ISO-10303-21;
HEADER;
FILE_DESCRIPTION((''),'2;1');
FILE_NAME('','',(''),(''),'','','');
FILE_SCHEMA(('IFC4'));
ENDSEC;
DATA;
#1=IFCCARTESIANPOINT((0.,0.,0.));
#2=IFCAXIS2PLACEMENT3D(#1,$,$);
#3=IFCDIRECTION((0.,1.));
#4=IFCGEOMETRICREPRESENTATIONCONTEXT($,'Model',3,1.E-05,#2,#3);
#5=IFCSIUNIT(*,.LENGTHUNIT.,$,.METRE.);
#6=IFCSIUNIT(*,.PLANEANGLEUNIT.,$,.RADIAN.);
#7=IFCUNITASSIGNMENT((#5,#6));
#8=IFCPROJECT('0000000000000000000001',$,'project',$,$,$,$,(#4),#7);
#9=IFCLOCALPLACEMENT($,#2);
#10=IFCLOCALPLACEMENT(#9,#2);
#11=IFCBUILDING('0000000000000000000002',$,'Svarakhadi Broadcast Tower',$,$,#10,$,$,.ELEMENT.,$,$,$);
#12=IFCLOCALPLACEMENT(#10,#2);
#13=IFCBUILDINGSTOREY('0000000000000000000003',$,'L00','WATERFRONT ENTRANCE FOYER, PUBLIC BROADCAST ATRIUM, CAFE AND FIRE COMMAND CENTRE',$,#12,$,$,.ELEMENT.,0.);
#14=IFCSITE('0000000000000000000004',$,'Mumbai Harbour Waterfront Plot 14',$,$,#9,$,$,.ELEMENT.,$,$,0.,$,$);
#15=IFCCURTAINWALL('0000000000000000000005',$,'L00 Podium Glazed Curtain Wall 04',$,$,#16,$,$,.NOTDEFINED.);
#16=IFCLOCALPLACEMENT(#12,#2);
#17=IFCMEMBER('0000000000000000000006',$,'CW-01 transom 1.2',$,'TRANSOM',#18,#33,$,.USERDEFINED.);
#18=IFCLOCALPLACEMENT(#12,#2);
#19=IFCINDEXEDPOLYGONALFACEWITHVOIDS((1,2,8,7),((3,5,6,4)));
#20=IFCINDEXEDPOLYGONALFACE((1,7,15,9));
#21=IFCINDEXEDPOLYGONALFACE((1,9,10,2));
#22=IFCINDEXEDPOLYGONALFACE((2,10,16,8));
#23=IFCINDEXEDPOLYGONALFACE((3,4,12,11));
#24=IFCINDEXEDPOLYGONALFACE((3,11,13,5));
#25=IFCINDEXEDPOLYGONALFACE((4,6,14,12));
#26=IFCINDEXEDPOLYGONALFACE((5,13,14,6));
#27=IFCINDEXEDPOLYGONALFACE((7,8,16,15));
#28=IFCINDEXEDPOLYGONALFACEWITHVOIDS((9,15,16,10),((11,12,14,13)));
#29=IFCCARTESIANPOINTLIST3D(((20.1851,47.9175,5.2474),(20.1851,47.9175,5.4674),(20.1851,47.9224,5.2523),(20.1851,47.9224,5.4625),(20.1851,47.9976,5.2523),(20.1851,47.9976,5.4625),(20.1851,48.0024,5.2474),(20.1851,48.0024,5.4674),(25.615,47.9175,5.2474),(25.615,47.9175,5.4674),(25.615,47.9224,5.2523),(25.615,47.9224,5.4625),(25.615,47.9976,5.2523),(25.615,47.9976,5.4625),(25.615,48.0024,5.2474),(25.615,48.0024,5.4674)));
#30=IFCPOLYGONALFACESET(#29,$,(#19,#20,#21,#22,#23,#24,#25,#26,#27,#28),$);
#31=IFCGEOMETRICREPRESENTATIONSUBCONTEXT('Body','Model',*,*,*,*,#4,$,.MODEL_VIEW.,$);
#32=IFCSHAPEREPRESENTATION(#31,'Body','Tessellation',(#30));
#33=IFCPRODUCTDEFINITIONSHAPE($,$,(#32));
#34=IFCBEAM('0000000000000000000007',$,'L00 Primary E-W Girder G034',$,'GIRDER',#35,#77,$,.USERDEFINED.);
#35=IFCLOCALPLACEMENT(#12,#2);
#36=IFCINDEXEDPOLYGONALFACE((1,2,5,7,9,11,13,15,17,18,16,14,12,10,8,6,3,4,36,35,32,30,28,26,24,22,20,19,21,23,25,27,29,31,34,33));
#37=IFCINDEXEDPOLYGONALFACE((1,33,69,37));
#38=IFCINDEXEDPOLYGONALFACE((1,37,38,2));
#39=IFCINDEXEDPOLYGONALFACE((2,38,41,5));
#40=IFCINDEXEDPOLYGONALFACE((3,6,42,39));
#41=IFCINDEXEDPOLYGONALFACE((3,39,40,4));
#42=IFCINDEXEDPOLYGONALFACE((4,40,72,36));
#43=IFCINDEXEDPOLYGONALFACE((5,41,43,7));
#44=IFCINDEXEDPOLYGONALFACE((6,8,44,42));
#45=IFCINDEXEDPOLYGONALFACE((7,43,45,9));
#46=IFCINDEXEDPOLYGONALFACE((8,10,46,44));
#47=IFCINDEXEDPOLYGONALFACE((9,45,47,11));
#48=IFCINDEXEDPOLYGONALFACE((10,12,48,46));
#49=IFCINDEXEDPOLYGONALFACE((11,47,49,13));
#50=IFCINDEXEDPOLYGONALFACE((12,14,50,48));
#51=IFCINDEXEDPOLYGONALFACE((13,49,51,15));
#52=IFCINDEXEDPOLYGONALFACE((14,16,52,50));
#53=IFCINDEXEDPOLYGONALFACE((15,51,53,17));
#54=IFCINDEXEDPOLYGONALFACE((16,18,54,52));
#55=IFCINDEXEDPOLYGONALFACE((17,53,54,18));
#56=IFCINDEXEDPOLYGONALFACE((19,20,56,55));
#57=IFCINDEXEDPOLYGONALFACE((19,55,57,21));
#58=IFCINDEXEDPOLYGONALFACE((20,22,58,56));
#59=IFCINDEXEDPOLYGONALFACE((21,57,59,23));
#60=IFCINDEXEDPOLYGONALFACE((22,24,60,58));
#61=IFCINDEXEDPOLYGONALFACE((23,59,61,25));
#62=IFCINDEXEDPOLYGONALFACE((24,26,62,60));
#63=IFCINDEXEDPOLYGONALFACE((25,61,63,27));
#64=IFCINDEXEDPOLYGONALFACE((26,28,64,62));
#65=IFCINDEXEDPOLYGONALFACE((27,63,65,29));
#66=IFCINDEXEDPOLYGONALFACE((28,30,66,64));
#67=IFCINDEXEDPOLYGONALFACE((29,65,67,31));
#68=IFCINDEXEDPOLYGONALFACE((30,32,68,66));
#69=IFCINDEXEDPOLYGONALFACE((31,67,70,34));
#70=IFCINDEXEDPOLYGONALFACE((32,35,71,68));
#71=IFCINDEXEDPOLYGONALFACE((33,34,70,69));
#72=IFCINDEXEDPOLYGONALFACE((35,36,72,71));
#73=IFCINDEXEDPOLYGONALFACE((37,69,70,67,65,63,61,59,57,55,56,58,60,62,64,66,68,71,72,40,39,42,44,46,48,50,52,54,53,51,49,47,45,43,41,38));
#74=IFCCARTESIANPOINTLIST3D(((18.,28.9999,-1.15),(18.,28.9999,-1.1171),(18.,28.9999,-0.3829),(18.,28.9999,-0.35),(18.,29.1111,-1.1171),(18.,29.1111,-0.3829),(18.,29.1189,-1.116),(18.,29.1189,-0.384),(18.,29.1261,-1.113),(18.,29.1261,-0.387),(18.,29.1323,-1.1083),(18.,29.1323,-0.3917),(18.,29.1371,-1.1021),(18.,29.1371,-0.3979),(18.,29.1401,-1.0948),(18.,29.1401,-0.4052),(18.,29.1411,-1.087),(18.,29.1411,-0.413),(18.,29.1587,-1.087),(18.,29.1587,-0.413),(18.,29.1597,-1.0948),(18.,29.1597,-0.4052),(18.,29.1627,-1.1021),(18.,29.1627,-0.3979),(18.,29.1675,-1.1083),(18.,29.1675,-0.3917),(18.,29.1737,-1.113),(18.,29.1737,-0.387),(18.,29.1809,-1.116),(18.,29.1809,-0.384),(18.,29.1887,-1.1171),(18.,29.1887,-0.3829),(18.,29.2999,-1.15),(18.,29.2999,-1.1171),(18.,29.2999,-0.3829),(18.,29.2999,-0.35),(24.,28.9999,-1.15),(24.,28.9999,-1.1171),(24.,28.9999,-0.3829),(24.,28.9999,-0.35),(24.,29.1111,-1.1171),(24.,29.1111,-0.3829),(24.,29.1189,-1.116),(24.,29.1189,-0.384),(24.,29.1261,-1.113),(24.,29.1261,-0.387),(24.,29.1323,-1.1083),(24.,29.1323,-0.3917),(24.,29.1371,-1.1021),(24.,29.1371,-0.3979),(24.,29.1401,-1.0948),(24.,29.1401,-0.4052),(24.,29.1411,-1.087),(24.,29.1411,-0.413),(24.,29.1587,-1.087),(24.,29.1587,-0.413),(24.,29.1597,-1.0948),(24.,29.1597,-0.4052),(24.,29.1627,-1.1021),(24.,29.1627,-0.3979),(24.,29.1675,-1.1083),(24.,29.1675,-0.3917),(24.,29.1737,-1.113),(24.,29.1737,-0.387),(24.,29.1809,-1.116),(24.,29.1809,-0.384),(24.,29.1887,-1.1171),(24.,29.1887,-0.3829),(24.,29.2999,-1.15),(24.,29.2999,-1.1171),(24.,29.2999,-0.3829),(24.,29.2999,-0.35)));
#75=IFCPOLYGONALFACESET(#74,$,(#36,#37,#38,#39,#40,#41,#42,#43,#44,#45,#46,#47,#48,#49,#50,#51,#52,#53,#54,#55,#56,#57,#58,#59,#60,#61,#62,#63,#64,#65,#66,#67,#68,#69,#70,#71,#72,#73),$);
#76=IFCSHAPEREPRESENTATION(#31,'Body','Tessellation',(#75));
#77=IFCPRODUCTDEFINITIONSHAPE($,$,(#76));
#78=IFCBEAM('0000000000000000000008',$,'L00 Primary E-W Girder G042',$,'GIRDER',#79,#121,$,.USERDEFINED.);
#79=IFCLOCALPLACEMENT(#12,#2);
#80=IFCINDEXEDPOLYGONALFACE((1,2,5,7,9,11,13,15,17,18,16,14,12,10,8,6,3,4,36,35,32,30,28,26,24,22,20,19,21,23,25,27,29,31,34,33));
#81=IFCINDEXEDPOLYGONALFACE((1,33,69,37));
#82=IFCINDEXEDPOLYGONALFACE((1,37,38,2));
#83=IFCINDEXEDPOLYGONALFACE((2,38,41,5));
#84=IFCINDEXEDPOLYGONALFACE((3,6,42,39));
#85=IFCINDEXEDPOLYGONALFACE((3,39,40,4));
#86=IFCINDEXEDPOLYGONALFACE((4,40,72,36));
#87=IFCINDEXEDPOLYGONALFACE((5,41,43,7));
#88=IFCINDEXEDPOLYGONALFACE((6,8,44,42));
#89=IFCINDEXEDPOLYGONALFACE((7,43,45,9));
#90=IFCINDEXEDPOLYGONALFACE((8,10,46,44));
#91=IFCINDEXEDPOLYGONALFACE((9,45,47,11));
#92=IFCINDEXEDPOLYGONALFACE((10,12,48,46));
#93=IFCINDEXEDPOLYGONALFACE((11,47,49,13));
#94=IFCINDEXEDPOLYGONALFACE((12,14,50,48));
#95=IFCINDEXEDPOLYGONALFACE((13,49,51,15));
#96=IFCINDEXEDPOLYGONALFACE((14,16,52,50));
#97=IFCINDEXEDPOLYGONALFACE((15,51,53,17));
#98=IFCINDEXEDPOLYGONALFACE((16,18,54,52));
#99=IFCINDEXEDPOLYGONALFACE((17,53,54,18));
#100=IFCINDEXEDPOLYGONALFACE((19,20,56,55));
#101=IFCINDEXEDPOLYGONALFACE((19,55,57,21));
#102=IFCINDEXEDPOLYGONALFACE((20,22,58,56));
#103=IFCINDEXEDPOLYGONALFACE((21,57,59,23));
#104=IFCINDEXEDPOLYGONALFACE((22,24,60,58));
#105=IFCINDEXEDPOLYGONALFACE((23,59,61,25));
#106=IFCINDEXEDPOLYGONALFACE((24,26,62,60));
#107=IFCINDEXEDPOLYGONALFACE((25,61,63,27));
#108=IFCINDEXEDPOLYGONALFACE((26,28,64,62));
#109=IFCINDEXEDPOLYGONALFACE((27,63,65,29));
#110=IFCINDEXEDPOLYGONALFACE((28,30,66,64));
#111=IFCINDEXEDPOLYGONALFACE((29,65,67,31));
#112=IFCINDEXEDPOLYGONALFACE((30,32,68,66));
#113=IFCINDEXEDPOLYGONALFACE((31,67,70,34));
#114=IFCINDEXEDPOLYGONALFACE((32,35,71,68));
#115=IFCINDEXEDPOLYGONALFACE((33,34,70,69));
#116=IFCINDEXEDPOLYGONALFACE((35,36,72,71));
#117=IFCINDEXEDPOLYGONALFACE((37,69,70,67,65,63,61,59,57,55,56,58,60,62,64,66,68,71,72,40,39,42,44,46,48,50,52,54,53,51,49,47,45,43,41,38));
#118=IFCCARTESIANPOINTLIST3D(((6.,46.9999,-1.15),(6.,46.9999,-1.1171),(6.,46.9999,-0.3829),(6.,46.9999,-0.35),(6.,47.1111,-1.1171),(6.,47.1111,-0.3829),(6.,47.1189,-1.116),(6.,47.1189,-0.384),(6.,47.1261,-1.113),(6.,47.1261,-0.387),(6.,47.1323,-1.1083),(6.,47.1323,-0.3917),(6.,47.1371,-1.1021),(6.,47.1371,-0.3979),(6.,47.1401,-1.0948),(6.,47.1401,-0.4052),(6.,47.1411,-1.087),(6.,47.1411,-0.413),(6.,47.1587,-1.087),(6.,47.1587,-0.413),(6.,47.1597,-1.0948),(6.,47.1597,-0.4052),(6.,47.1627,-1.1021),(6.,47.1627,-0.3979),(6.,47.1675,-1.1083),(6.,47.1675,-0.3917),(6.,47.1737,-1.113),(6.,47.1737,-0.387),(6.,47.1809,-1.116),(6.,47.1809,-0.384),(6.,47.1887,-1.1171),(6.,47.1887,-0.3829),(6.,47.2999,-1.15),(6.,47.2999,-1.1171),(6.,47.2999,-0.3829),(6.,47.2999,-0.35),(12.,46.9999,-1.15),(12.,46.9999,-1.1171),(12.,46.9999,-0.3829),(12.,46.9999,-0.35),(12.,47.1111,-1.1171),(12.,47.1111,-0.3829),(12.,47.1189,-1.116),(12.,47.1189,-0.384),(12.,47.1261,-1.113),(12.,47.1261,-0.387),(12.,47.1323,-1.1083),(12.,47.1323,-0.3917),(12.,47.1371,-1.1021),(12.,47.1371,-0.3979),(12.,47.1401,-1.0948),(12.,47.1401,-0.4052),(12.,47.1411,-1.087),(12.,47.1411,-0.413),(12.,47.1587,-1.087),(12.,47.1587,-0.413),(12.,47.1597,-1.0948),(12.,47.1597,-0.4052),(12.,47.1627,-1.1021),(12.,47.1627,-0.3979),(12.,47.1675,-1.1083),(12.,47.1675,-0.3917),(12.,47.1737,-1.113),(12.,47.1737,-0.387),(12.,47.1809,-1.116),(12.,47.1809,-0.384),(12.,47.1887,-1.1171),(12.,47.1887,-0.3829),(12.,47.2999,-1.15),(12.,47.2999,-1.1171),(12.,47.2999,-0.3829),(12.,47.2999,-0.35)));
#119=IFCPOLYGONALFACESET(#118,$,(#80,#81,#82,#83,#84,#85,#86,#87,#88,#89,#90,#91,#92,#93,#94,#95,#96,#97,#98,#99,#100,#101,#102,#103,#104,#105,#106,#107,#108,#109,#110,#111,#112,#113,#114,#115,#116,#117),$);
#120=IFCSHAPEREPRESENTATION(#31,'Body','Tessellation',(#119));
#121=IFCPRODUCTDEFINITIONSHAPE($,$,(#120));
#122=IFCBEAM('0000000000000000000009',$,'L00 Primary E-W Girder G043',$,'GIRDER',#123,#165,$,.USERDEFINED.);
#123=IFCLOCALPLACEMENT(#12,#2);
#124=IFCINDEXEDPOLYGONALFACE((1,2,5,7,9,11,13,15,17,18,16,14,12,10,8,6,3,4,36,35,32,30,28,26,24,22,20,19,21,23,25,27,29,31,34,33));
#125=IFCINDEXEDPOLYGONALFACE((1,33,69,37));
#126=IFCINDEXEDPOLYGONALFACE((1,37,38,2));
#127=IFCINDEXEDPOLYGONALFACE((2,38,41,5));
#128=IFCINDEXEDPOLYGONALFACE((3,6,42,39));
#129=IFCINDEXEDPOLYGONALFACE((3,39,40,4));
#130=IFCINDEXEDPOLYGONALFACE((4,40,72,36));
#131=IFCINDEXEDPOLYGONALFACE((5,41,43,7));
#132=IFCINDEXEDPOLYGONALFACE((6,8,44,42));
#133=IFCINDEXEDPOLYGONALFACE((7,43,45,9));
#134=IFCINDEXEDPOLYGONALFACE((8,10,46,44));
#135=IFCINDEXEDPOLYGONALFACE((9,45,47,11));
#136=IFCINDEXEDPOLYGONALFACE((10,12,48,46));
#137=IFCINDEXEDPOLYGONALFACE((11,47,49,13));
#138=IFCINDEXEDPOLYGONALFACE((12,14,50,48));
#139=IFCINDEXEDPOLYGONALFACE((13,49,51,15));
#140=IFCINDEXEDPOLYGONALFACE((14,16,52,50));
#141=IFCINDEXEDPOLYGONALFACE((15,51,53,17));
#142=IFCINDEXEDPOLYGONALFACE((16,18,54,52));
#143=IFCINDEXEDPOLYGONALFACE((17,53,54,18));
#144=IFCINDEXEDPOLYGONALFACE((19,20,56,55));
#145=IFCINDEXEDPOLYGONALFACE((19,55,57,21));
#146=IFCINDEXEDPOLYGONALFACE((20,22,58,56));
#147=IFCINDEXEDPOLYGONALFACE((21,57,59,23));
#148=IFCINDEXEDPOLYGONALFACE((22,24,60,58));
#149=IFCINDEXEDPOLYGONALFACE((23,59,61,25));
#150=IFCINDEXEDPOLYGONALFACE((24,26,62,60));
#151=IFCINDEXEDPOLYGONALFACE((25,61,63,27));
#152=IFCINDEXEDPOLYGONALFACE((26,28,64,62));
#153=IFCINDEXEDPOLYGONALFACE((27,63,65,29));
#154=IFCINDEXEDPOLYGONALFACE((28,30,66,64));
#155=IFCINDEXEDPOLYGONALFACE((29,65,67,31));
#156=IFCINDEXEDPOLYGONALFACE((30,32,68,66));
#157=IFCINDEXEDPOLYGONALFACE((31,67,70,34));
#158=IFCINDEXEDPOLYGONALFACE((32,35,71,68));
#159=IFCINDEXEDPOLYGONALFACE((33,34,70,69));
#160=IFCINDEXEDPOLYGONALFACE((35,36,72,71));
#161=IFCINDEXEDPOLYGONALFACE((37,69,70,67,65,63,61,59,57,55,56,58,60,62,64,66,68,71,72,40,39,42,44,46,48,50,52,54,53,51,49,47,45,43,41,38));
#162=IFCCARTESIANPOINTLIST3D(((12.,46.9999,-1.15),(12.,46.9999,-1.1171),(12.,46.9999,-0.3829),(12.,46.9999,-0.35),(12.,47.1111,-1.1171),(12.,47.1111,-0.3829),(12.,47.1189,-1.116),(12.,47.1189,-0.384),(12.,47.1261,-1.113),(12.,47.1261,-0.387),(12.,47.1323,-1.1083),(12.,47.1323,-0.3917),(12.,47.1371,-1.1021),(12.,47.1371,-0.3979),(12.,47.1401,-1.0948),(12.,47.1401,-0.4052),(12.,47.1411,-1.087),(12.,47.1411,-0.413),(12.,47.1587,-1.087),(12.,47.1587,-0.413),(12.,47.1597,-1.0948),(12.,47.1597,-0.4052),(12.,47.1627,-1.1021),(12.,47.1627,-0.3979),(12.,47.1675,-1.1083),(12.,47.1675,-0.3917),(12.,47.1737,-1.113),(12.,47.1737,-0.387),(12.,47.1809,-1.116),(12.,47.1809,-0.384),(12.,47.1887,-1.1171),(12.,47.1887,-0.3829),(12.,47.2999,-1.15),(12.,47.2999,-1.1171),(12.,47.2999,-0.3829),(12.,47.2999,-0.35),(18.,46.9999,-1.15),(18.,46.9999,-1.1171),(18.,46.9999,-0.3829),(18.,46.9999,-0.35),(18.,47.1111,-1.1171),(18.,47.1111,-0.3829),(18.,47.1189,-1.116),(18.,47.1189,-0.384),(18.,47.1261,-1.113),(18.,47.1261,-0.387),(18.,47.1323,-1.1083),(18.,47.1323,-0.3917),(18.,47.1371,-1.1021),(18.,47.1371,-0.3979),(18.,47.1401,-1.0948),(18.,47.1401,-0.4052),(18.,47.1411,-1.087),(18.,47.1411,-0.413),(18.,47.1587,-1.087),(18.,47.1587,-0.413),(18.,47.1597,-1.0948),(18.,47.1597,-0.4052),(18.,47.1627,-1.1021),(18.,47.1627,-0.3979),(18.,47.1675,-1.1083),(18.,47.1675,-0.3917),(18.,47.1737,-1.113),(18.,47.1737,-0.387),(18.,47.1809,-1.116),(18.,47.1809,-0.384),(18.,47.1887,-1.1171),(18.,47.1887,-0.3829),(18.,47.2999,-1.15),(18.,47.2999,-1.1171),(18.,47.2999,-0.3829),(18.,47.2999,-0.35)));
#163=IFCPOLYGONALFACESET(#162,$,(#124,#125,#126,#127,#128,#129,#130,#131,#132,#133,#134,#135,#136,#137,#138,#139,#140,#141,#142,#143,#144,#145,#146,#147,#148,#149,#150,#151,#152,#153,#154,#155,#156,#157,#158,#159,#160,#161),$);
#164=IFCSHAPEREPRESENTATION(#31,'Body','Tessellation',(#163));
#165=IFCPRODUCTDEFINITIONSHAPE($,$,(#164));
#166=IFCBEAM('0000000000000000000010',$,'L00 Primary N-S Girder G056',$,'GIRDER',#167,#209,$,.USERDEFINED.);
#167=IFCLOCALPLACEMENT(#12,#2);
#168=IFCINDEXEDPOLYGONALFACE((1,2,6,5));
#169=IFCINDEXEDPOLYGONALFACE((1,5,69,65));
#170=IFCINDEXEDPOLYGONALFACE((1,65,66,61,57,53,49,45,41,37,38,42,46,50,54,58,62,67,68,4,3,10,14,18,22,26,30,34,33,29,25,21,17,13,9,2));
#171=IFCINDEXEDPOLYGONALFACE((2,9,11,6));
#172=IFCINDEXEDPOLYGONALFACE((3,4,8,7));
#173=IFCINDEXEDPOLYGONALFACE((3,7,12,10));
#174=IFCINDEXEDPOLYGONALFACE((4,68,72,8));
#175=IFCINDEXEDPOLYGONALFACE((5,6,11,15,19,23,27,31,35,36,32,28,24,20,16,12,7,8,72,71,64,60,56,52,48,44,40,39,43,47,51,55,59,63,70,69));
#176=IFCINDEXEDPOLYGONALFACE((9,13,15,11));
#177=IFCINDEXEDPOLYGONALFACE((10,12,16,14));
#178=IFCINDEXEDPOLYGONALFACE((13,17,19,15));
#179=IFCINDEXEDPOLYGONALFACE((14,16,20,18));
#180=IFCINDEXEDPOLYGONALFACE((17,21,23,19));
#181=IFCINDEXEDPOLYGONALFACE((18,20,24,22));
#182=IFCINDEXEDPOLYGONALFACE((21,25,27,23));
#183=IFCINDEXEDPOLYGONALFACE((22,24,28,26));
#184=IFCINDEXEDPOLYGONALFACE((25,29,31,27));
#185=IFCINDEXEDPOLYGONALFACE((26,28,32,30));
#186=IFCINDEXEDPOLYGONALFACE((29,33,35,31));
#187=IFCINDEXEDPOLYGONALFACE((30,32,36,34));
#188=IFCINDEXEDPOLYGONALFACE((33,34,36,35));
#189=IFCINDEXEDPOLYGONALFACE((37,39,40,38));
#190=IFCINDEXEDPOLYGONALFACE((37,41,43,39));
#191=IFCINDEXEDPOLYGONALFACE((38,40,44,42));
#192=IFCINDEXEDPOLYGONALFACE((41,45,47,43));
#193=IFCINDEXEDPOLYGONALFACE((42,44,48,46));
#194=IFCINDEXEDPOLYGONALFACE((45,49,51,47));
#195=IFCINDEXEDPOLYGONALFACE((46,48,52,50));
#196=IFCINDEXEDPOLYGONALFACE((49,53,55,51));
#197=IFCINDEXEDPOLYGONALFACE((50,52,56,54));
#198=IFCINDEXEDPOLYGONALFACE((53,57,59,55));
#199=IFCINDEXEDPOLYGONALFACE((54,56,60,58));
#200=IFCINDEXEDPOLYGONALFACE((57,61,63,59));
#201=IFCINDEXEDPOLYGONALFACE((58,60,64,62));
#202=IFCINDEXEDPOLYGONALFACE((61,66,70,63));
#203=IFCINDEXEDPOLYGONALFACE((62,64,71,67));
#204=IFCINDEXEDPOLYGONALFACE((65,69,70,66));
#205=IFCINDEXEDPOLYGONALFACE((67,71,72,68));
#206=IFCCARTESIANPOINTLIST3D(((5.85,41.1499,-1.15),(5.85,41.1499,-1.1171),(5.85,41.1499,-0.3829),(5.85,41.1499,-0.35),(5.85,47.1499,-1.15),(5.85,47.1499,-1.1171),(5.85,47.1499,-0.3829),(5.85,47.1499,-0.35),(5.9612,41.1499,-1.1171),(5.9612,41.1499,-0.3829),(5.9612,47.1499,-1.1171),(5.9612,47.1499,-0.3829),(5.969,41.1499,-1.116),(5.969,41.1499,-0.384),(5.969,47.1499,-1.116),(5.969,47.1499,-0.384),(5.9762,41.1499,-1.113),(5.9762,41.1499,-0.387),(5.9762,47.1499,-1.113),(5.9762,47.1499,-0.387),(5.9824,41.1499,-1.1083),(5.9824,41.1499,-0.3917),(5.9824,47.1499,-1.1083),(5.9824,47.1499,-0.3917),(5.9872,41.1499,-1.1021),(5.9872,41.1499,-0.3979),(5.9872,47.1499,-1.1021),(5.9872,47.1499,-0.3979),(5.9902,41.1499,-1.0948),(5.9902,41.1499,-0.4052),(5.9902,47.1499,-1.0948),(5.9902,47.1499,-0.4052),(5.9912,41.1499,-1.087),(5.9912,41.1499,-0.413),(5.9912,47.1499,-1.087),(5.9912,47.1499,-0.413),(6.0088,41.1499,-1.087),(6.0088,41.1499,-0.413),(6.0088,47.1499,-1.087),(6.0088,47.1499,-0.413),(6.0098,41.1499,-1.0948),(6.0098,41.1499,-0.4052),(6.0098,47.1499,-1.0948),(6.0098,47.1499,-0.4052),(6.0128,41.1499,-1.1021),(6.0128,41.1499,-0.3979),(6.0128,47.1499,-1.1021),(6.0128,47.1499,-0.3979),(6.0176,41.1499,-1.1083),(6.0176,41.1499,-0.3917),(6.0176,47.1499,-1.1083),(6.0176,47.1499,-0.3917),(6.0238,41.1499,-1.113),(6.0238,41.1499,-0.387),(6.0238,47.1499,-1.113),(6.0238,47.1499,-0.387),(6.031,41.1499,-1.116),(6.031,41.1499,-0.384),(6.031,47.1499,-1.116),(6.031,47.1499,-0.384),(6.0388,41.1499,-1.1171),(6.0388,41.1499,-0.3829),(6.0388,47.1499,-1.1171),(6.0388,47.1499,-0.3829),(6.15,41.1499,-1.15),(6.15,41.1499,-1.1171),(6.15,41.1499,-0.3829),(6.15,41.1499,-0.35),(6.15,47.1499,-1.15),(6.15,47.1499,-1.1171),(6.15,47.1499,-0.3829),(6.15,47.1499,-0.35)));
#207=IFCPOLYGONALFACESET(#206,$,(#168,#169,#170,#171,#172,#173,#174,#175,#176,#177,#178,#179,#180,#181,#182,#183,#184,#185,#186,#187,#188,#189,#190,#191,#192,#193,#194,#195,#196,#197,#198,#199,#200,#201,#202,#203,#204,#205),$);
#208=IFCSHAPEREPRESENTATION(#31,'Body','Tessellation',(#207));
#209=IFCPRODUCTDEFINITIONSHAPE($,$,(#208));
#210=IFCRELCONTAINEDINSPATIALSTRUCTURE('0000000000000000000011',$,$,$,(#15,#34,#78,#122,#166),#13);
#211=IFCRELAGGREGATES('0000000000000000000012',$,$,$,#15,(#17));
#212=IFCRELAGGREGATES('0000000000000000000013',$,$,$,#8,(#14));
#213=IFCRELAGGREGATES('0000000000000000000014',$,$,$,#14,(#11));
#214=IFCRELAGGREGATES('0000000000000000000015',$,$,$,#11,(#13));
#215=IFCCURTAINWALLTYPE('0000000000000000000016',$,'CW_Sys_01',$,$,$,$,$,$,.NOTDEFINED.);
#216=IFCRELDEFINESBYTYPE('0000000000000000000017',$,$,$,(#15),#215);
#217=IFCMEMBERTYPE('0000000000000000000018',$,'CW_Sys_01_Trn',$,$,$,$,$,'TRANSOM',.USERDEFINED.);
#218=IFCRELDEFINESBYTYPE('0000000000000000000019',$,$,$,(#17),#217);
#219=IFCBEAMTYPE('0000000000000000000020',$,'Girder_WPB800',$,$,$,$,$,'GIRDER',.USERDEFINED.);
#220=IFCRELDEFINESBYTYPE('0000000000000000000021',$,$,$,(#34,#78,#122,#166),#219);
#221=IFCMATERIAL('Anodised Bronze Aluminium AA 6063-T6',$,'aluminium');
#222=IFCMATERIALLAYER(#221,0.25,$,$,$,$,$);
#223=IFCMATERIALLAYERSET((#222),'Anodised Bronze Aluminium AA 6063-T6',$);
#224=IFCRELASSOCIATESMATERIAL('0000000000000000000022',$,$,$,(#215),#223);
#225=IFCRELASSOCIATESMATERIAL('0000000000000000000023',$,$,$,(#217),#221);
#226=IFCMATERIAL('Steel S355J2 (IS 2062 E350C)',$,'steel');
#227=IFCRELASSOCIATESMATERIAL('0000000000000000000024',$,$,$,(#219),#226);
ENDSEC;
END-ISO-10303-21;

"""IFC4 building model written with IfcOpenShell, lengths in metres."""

from ifc_helpers import new_model, si_unit, direction, frame, origin, origin_2d, place, context, subcontext, project, spatial, hollow_rectangle, i_section, extrude, material, layer, layer_set, material_profile, profile_set, type_object, element, aggregate, save


model = new_model("IFC4")

# Units and contexts
model_context = context("Model", 3, precision=1e-05, world=origin(), true_north=direction((0.0, 1.0)))
body_context = subcontext(model_context, "Body", "Model", "MODEL_VIEW")
ifc_project = project(units=[si_unit("LENGTHUNIT", "METRE"), si_unit("PLANEANGLEUNIT", "RADIAN")], contexts=[model_context])

# Site, building, storey
site_placement = place(None, origin())
site = spatial("IfcSite", under=ifc_project, at=site_placement, Name="Mumbai Harbour Waterfront Plot 14", CompositionType="ELEMENT", RefElevation=0.0)
building_placement = place(site_placement, origin())
building = spatial("IfcBuilding", under=site, at=building_placement, Name="Svarakhadi Broadcast Tower", CompositionType="ELEMENT")
storey_placement = place(building_placement, origin())
storey = spatial("IfcBuildingStorey", under=building, at=storey_placement, Name="L00", Description="WATERFRONT ENTRANCE FOYER, PUBLIC BROADCAST ATRIUM, CAFE AND FIRE COMMAND CENTRE", CompositionType="ELEMENT", Elevation=0.0)

# Shared definitions
ifc_material_1 = material(Name="Steel S355J2 (IS 2062 E350C)", Category="steel")

# Curtain wall, member
ifc_material_2 = material(Name="Anodised Bronze Aluminium AA 6063-T6", Category="aluminium")
ifc_layer_1 = layer(ifc_material_2, 0.25)
ifc_layer_set_1 = layer_set([ifc_layer_1], Name="Anodised Bronze Aluminium AA 6063-T6")
curtain_wall_type = type_object("IfcCurtainWallType", Name="CW_Sys_01", PredefinedType="NOTDEFINED", material=ifc_layer_set_1)
curtain_wall_placement = place(storey_placement, origin())
curtain_wall = element("IfcCurtainWall", 1, at=curtain_wall_placement, inside=storey, type_object=curtain_wall_type, Name="L00 Podium Glazed Curtain Wall 04", PredefinedType="NOTDEFINED")
ifc_material_profile_1 = material_profile(ifc_material_2, hollow_rectangle(XDim=0.085, YDim=0.22, WallThickness=0.0049, at=origin_2d()), Name="ALU TRANSOM 220x85x5")
ifc_profile_set_1 = profile_set([ifc_material_profile_1], Name="Anodised Bronze Aluminium AA 6063-T6")
member_type_1 = type_object("IfcMemberType", Name="CW_Sys_01_Trn", ElementType="TRANSOM", PredefinedType="USERDEFINED", material=ifc_profile_set_1)
member_1_placement = place(storey_placement, frame((20.1851, 47.96, 5.3574), z_axis=(1.0, 0.0, 0.0), x_axis=(0.0, 1.0, 0.0)))
member_1 = element("IfcMember", 2, at=member_1_placement, type_object=member_type_1, Name="CW-01 transom 1.2", ObjectType="TRANSOM", PredefinedType="USERDEFINED", context=body_context, shape_type="SweptSolid", body=[
    extrude(hollow_rectangle(XDim=0.085, YDim=0.22, WallThickness=0.0049, at=origin_2d()), origin(), (0.0, 0.0, 1.0), 5.4299),
])

# Beams
ifc_material_profile_2 = material_profile(ifc_material_1, i_section(OverallWidth=0.3, OverallDepth=0.8, WebThickness=0.0176, FlangeThickness=0.033, FilletRadius=0.03, at=origin_2d()), Name="WPB 800x300x262")
ifc_profile_set_2 = profile_set([ifc_material_profile_2], Name="Steel S355J2 (IS 2062 E350C)")
beam_type_1 = type_object("IfcBeamType", Name="Girder_WPB800", ElementType="GIRDER", PredefinedType="USERDEFINED", material=ifc_profile_set_2)
for number, where, z_axis, x_axis, name in (
    (3, (18.0, 29.1499, -0.75), (1.0, 0.0, 0.0), (0.0, 1.0, 0.0), "L00 Primary E-W Girder G034"),
    (4, (6.0, 47.1499, -0.75), (1.0, 0.0, 0.0), (0.0, 1.0, 0.0), "L00 Primary E-W Girder G042"),
    (5, (12.0, 47.1499, -0.75), (1.0, 0.0, 0.0), (0.0, 1.0, 0.0), "L00 Primary E-W Girder G043"),
    (6, (6.0, 41.1499, -0.75), (0.0, 1.0, 0.0), (-1.0, 0.0, 0.0), "L00 Primary N-S Girder G056"),
):
    element("IfcBeam", number, at=place(storey_placement, frame(where, z_axis=z_axis, x_axis=x_axis)), inside=storey, type_object=beam_type_1, Name=name, ObjectType="GIRDER", PredefinedType="USERDEFINED", context=body_context, shape_type="SweptSolid", body=[
        extrude(i_section(OverallWidth=0.3, OverallDepth=0.8, WebThickness=0.0176, FlangeThickness=0.033, FilletRadius=0.03, at=origin_2d()), origin(), (0.0, 0.0, 1.0), 6.0),
    ])

aggregate(curtain_wall, [member_1])

save(model, "model.ifc")
